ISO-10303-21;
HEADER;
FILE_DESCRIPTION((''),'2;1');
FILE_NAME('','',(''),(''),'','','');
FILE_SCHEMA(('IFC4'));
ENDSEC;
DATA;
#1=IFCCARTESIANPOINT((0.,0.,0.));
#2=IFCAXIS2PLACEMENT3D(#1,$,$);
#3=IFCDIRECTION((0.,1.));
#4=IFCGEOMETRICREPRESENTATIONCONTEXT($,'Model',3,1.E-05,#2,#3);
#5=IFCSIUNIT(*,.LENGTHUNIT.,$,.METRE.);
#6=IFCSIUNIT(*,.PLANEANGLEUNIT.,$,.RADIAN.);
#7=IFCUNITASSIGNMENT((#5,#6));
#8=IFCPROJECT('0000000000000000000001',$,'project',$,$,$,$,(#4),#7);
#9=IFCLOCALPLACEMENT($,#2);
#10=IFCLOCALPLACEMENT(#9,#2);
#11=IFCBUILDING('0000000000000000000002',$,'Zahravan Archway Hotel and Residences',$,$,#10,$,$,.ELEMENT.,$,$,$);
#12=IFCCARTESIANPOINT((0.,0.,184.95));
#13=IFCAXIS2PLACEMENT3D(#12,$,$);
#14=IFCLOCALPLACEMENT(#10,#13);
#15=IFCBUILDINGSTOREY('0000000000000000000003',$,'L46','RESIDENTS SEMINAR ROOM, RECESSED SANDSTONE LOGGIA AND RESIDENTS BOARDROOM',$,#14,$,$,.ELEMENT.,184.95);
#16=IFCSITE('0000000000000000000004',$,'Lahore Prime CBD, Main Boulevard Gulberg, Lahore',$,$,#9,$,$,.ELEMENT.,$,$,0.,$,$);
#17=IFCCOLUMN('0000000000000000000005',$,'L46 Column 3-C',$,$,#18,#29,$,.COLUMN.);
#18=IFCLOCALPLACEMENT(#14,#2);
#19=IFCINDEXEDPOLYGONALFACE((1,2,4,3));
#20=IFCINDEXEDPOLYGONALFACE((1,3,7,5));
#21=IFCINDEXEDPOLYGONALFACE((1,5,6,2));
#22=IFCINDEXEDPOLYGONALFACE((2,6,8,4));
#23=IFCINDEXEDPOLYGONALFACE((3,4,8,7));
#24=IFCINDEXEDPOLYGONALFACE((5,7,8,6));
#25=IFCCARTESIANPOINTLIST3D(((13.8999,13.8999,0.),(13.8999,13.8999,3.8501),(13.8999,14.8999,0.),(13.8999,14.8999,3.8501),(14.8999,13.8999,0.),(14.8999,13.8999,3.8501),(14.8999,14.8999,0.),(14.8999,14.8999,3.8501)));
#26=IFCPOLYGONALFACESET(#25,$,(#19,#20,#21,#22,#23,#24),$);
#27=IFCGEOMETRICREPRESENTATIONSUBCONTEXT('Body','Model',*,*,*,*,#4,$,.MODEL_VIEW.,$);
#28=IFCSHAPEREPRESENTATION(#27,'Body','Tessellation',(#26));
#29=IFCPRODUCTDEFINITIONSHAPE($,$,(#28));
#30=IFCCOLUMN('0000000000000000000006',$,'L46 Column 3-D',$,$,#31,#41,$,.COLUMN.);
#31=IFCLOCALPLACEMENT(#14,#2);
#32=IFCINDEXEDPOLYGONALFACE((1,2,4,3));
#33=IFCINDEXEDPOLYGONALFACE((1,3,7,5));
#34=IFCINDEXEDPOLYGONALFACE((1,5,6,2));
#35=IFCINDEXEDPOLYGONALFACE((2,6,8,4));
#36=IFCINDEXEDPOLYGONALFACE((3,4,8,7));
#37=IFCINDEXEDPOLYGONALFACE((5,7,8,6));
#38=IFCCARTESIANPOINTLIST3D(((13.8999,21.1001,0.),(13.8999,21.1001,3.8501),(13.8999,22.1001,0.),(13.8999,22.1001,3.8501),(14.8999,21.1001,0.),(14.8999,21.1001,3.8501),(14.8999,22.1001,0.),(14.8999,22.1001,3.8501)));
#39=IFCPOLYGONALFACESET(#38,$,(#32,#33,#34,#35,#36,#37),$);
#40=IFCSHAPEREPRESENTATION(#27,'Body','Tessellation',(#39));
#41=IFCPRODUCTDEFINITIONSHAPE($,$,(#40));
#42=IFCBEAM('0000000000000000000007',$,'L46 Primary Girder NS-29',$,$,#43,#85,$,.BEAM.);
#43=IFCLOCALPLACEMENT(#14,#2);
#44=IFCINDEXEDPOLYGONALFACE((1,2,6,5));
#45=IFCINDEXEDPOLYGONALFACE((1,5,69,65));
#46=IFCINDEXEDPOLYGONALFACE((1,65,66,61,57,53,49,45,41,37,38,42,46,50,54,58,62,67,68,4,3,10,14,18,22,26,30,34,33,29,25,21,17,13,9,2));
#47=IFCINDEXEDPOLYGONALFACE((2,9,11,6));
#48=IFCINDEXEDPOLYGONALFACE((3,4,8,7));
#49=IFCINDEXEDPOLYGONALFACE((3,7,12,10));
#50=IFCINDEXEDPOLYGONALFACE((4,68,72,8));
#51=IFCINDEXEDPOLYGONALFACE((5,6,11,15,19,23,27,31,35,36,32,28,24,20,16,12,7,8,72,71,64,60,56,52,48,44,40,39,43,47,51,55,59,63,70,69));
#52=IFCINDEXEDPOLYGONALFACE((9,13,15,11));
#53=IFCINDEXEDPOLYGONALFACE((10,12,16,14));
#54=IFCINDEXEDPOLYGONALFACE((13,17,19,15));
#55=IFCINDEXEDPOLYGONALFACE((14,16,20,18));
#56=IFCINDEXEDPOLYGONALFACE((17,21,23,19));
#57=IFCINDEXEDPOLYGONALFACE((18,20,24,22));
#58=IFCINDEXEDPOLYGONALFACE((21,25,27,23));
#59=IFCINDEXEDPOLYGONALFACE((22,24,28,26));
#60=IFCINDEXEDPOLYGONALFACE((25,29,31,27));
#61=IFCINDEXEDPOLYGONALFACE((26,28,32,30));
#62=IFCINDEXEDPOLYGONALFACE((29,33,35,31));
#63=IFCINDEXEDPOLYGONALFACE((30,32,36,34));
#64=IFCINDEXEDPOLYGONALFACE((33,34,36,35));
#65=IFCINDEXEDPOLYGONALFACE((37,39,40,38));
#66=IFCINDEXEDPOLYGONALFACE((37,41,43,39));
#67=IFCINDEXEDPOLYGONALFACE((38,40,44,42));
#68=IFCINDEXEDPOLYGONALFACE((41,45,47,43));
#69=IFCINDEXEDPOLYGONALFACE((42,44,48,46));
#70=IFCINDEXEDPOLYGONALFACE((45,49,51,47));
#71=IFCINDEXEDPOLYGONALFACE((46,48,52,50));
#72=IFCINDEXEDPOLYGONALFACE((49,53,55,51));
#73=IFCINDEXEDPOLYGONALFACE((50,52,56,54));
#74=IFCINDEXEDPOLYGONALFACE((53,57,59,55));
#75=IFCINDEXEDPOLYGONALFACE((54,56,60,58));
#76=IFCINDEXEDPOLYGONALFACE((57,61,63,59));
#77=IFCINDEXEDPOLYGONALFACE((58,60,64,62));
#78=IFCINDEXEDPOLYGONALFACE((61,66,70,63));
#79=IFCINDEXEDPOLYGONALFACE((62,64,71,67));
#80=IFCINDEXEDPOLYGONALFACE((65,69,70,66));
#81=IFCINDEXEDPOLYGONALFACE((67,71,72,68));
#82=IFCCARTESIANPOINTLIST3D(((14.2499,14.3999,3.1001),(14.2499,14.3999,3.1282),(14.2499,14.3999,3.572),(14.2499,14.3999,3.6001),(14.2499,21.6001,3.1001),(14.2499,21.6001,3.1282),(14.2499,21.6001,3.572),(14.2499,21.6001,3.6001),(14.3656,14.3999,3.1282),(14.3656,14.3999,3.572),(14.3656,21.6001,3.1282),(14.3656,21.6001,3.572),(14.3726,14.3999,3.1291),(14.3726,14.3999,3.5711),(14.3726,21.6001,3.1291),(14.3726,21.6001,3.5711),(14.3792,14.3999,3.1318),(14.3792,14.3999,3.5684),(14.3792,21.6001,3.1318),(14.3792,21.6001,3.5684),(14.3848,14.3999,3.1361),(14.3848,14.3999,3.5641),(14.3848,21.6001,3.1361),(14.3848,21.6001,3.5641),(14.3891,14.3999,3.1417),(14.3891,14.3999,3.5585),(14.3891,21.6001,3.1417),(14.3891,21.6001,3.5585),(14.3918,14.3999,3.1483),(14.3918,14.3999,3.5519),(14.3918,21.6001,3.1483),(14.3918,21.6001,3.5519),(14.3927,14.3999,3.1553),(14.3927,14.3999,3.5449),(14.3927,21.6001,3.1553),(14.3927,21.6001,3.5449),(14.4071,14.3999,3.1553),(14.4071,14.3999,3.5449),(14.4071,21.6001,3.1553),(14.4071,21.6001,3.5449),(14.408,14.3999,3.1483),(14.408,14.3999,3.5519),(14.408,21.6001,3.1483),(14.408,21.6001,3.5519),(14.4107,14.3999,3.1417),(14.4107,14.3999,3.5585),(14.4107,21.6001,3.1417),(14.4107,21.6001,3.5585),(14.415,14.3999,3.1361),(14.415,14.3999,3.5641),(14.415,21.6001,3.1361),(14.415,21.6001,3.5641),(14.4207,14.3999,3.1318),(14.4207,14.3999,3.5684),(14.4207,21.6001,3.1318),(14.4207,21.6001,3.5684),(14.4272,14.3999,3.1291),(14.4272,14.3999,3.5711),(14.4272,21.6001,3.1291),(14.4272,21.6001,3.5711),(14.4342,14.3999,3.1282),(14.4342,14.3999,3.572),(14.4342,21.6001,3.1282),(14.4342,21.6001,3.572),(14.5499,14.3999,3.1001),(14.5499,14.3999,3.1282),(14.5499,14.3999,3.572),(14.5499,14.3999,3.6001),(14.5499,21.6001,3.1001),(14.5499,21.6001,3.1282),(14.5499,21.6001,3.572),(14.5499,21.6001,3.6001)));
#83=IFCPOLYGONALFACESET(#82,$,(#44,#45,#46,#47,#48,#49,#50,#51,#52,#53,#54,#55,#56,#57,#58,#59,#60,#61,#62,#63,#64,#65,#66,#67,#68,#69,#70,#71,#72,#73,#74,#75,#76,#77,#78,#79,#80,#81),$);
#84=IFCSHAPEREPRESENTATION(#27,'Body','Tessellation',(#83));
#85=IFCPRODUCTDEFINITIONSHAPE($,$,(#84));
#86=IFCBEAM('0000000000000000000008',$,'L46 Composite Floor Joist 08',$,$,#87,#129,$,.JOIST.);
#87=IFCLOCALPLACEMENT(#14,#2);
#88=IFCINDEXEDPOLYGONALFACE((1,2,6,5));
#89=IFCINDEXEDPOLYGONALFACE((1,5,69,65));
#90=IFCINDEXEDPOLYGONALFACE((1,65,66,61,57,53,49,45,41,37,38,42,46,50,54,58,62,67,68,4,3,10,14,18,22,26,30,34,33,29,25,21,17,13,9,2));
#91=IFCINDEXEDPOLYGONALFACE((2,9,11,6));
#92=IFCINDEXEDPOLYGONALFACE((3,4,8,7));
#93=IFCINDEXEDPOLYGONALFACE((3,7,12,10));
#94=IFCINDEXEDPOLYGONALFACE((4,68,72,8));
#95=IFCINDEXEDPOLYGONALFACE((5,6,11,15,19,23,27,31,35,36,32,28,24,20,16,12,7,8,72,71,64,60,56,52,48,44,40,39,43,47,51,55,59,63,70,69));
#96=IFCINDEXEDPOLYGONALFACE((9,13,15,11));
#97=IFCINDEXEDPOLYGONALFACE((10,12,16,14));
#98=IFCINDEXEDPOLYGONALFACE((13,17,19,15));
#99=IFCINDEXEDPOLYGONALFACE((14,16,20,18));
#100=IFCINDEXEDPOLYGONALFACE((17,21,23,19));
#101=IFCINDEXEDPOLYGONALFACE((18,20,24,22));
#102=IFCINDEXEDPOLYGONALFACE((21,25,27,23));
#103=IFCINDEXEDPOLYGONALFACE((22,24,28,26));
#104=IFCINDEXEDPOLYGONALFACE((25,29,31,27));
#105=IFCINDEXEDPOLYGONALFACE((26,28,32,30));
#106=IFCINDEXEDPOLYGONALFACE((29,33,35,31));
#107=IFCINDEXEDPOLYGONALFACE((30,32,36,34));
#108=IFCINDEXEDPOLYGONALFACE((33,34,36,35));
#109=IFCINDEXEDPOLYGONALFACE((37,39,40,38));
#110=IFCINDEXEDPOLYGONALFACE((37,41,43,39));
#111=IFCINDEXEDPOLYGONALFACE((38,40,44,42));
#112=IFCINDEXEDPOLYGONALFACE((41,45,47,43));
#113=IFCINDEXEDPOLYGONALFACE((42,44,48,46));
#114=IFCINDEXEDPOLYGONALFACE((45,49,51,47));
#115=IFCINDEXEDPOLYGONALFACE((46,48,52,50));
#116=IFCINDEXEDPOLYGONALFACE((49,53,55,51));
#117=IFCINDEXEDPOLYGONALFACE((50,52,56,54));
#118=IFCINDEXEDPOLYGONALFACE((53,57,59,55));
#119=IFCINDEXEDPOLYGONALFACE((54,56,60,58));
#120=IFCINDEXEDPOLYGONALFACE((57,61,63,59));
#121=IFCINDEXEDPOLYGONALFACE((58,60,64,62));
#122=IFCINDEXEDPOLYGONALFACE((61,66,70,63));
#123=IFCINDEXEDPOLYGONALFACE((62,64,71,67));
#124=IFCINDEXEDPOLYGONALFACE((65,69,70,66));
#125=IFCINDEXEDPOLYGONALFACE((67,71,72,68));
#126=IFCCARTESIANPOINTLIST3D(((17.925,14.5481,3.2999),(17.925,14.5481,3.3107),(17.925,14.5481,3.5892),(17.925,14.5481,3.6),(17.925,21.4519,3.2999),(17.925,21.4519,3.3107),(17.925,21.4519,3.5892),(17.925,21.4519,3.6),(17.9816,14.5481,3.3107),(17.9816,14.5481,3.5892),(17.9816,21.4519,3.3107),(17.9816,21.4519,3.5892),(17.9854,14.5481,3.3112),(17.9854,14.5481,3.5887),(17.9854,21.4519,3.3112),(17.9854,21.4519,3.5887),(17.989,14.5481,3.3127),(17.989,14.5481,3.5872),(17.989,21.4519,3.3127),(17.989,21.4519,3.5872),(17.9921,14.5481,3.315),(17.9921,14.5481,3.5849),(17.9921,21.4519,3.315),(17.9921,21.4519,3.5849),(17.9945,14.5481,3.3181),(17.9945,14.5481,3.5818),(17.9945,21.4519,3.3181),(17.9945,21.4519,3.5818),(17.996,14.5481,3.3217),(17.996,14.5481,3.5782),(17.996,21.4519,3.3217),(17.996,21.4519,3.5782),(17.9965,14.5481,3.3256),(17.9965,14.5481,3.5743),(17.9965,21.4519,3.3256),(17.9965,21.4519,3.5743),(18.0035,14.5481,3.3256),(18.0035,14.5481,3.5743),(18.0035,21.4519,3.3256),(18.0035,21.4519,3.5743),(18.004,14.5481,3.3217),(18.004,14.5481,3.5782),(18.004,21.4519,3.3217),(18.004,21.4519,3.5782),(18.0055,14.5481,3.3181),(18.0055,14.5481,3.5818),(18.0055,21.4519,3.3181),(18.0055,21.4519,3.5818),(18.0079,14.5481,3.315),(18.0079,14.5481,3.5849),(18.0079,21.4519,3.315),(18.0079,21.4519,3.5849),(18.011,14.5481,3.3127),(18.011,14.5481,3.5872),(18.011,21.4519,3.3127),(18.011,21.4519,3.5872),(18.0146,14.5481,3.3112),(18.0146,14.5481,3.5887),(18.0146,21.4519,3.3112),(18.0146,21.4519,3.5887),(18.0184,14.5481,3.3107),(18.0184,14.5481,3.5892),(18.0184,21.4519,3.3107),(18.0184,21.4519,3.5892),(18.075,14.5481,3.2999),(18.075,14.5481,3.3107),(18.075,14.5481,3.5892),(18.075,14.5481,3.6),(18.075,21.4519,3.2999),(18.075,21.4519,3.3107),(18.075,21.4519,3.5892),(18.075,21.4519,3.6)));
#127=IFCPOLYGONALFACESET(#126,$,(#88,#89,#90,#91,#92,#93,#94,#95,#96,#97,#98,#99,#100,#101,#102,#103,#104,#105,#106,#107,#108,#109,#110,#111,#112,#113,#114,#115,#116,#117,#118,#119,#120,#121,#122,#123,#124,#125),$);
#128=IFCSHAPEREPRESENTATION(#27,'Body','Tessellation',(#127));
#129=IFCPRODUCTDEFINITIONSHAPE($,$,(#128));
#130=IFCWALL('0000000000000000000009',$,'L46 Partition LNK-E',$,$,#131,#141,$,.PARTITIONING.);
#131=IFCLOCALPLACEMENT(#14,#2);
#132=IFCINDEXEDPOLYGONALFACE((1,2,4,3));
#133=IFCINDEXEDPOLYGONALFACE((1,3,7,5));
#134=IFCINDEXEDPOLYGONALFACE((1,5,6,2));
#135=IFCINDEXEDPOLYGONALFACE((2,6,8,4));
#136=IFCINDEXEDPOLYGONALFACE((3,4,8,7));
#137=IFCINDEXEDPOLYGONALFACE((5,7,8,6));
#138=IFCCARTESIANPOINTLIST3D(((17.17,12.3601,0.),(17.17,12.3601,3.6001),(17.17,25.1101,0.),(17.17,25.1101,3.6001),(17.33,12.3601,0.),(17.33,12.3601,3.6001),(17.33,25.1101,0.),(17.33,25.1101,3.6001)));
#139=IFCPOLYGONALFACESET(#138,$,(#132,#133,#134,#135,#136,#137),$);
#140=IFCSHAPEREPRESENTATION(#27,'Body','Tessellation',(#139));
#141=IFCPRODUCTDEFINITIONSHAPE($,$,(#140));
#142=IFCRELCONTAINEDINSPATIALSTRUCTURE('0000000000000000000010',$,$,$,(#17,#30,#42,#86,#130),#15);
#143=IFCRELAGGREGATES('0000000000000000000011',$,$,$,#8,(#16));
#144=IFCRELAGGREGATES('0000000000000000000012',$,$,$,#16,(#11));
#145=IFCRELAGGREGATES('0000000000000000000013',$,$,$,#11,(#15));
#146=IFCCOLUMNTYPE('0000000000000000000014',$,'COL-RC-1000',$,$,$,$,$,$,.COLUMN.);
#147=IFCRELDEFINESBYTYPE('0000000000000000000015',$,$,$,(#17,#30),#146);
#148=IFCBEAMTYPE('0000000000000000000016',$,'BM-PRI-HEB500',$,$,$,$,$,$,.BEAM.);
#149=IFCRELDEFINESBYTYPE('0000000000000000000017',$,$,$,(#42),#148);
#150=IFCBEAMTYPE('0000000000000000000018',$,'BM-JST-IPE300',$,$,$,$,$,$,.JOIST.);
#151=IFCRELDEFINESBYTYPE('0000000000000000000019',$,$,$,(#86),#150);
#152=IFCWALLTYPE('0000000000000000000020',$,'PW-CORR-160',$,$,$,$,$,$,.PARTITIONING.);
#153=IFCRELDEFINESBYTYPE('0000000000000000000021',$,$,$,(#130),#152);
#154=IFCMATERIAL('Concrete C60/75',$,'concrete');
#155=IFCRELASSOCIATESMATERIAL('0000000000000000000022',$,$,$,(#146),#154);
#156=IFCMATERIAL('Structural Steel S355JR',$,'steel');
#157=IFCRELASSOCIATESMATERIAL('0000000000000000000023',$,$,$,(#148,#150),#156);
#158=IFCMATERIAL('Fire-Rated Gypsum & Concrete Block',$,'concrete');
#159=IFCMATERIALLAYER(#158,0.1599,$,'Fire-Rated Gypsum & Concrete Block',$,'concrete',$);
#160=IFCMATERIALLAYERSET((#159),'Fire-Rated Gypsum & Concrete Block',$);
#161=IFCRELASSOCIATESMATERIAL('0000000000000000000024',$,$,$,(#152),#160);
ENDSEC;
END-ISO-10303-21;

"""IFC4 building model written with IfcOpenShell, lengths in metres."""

from ifc_helpers import new_model, si_unit, direction, frame, frame_2d, origin, origin_2d, place, context, subcontext, project, spatial, rectangle, i_section, extrude, source, transform, mapped, material, layer, layer_set, material_profile, profile_set, type_object, type_shapes, element, save


model = new_model("IFC4")

# Units and contexts
model_context = context("Model", 3, precision=1e-05, world=origin(), true_north=direction((0.0, 1.0)))
body_context = subcontext(model_context, "Body", "Model", "MODEL_VIEW")
ifc_project = project(units=[si_unit("LENGTHUNIT", "METRE"), si_unit("PLANEANGLEUNIT", "RADIAN")], contexts=[model_context])

# Site, building, storey
site_placement = place(None, origin())
site = spatial("IfcSite", under=ifc_project, at=site_placement, Name="Lahore Prime CBD, Main Boulevard Gulberg, Lahore", CompositionType="ELEMENT", RefElevation=0.0)
building_placement = place(site_placement, origin())
building = spatial("IfcBuilding", under=site, at=building_placement, Name="Zahravan Archway Hotel and Residences", CompositionType="ELEMENT")
storey_placement = place(building_placement, frame((0.0, 0.0, 184.95)))
storey = spatial("IfcBuildingStorey", under=building, at=storey_placement, Name="L46", Description="RESIDENTS SEMINAR ROOM, RECESSED SANDSTONE LOGGIA AND RESIDENTS BOARDROOM", CompositionType="ELEMENT", Elevation=184.95)

# Columns
ifc_material_1 = material(Name="Concrete C60/75", Category="concrete")
ifc_material_profile_1 = material_profile(ifc_material_1, rectangle(XDim=1.0, YDim=1.0, at=origin_2d()), Name="RC-COL-1000x1000", Category="concrete")
ifc_profile_set_1 = profile_set([ifc_material_profile_1], Name="Concrete C60/75")
column_type = type_object("IfcColumnType", Name="COL-RC-1000", PredefinedType="COLUMN", material=ifc_profile_set_1)
shared_shape_1 = source(origin(), body_context, "Body", "SweptSolid", [
    extrude(rectangle(XDim=1.0, YDim=1.0, at=origin_2d()), origin(), (0.0, 0.0, 1.0), 3.8501),
])
for number, where, z_axis, x_axis, name in (
    (1, (14.3999, 14.3999, 0.0), (0.0, 0.0, 1.0), (1.0, 0.0, 0.0), "L46 Column 3-C"),
    (2, (14.3999, 21.6001, 0.0), (0.0, 0.0, 1.0), (1.0, 0.0, 0.0), "L46 Column 3-D"),
):
    element("IfcColumn", number, at=place(storey_placement, frame(where, z_axis=z_axis, x_axis=x_axis)), inside=storey, type_object=column_type, Name=name, PredefinedType="COLUMN", context=body_context, shape_type="MappedRepresentation", body=[
        mapped(shared_shape_1, transform((0.0, 0.0, 0.0), scale=1.0)),
    ])

# Beams
ifc_material_2 = material(Name="Structural Steel S355JR", Category="steel")
ifc_material_profile_2 = material_profile(ifc_material_2, i_section(OverallWidth=0.3, OverallDepth=0.5, WebThickness=0.0144, FlangeThickness=0.0281, FilletRadius=0.0271, at=origin_2d()), Name="HEB 500", Category="steel")
ifc_profile_set_2 = profile_set([ifc_material_profile_2], Name="Structural Steel S355JR")
beam_type_1 = type_object("IfcBeamType", Name="BM-PRI-HEB500", PredefinedType="BEAM", material=ifc_profile_set_2)
shared_shape_2 = source(origin(), body_context, "Body", "SweptSolid", [
    extrude(i_section(OverallWidth=0.3, OverallDepth=0.5, WebThickness=0.0144, FlangeThickness=0.0281, FilletRadius=0.0271, at=origin_2d()), origin(), (0.0, 0.0, 1.0), 7.2002),
])
type_shapes(beam_type_1, [shared_shape_2])
beam_1_placement = place(storey_placement, frame((14.3999, 14.3999, 3.3501), z_axis=(0.0, 1.0, 0.0), x_axis=(-1.0, 0.0, 0.0)))
element("IfcBeam", 3, at=beam_1_placement, inside=storey, type_object=beam_type_1, Name="L46 Primary Girder NS-29", PredefinedType="BEAM", context=body_context, shape_type="MappedRepresentation", body=[
    mapped(shared_shape_2, transform((0.0, 0.0, 0.0), scale=1.0)),
])
ifc_material_profile_3 = material_profile(ifc_material_2, i_section(OverallWidth=0.1499, OverallDepth=0.3, WebThickness=0.0071, FlangeThickness=0.0107, FilletRadius=0.0149, at=origin_2d()), Name="IPE 300", Category="steel")
ifc_profile_set_3 = profile_set([ifc_material_profile_3], Name="Structural Steel S355JR")
beam_type_2 = type_object("IfcBeamType", Name="BM-JST-IPE300", PredefinedType="JOIST", material=ifc_profile_set_3)
shared_shape_3 = source(origin(), body_context, "Body", "SweptSolid", [
    extrude(i_section(OverallWidth=0.1499, OverallDepth=0.3, WebThickness=0.0071, FlangeThickness=0.0107, FilletRadius=0.0149, at=origin_2d()), origin(), (0.0, 0.0, 1.0), 6.9038),
])
beam_2_placement = place(storey_placement, frame((18.0, 14.5481, 3.45), z_axis=(0.0, 1.0, 0.0), x_axis=(-1.0, 0.0, 0.0)))
element("IfcBeam", 4, at=beam_2_placement, inside=storey, type_object=beam_type_2, Name="L46 Composite Floor Joist 08", PredefinedType="JOIST", context=body_context, shape_type="MappedRepresentation", body=[
    mapped(shared_shape_3, transform((0.0, 0.0, 0.0), scale=1.0)),
])

# Wall
ifc_material_3 = material(Name="Fire-Rated Gypsum & Concrete Block", Category="concrete")
ifc_layer_1 = layer(ifc_material_3, 0.1599, Name="Fire-Rated Gypsum & Concrete Block", Category="concrete")
ifc_layer_set_1 = layer_set([ifc_layer_1], Name="Fire-Rated Gypsum & Concrete Block")
wall_type_1 = type_object("IfcWallType", Name="PW-CORR-160", PredefinedType="PARTITIONING", material=ifc_layer_set_1)
wall_1_placement = place(storey_placement, frame((17.25, 12.3601, 0.0), z_axis=(0.0, 0.0, 1.0), x_axis=(0.0, 1.0, 0.0)))
element("IfcWall", 5, at=wall_1_placement, inside=storey, type_object=wall_type_1, Name="L46 Partition LNK-E", PredefinedType="PARTITIONING", context=body_context, shape_type="SweptSolid", body=[
    extrude(rectangle(XDim=12.75, YDim=0.1599, at=frame_2d((6.375, 0.0))), origin(), (0.0, 0.0, 1.0), 3.6001),
])

save(model, "model.ifc")
